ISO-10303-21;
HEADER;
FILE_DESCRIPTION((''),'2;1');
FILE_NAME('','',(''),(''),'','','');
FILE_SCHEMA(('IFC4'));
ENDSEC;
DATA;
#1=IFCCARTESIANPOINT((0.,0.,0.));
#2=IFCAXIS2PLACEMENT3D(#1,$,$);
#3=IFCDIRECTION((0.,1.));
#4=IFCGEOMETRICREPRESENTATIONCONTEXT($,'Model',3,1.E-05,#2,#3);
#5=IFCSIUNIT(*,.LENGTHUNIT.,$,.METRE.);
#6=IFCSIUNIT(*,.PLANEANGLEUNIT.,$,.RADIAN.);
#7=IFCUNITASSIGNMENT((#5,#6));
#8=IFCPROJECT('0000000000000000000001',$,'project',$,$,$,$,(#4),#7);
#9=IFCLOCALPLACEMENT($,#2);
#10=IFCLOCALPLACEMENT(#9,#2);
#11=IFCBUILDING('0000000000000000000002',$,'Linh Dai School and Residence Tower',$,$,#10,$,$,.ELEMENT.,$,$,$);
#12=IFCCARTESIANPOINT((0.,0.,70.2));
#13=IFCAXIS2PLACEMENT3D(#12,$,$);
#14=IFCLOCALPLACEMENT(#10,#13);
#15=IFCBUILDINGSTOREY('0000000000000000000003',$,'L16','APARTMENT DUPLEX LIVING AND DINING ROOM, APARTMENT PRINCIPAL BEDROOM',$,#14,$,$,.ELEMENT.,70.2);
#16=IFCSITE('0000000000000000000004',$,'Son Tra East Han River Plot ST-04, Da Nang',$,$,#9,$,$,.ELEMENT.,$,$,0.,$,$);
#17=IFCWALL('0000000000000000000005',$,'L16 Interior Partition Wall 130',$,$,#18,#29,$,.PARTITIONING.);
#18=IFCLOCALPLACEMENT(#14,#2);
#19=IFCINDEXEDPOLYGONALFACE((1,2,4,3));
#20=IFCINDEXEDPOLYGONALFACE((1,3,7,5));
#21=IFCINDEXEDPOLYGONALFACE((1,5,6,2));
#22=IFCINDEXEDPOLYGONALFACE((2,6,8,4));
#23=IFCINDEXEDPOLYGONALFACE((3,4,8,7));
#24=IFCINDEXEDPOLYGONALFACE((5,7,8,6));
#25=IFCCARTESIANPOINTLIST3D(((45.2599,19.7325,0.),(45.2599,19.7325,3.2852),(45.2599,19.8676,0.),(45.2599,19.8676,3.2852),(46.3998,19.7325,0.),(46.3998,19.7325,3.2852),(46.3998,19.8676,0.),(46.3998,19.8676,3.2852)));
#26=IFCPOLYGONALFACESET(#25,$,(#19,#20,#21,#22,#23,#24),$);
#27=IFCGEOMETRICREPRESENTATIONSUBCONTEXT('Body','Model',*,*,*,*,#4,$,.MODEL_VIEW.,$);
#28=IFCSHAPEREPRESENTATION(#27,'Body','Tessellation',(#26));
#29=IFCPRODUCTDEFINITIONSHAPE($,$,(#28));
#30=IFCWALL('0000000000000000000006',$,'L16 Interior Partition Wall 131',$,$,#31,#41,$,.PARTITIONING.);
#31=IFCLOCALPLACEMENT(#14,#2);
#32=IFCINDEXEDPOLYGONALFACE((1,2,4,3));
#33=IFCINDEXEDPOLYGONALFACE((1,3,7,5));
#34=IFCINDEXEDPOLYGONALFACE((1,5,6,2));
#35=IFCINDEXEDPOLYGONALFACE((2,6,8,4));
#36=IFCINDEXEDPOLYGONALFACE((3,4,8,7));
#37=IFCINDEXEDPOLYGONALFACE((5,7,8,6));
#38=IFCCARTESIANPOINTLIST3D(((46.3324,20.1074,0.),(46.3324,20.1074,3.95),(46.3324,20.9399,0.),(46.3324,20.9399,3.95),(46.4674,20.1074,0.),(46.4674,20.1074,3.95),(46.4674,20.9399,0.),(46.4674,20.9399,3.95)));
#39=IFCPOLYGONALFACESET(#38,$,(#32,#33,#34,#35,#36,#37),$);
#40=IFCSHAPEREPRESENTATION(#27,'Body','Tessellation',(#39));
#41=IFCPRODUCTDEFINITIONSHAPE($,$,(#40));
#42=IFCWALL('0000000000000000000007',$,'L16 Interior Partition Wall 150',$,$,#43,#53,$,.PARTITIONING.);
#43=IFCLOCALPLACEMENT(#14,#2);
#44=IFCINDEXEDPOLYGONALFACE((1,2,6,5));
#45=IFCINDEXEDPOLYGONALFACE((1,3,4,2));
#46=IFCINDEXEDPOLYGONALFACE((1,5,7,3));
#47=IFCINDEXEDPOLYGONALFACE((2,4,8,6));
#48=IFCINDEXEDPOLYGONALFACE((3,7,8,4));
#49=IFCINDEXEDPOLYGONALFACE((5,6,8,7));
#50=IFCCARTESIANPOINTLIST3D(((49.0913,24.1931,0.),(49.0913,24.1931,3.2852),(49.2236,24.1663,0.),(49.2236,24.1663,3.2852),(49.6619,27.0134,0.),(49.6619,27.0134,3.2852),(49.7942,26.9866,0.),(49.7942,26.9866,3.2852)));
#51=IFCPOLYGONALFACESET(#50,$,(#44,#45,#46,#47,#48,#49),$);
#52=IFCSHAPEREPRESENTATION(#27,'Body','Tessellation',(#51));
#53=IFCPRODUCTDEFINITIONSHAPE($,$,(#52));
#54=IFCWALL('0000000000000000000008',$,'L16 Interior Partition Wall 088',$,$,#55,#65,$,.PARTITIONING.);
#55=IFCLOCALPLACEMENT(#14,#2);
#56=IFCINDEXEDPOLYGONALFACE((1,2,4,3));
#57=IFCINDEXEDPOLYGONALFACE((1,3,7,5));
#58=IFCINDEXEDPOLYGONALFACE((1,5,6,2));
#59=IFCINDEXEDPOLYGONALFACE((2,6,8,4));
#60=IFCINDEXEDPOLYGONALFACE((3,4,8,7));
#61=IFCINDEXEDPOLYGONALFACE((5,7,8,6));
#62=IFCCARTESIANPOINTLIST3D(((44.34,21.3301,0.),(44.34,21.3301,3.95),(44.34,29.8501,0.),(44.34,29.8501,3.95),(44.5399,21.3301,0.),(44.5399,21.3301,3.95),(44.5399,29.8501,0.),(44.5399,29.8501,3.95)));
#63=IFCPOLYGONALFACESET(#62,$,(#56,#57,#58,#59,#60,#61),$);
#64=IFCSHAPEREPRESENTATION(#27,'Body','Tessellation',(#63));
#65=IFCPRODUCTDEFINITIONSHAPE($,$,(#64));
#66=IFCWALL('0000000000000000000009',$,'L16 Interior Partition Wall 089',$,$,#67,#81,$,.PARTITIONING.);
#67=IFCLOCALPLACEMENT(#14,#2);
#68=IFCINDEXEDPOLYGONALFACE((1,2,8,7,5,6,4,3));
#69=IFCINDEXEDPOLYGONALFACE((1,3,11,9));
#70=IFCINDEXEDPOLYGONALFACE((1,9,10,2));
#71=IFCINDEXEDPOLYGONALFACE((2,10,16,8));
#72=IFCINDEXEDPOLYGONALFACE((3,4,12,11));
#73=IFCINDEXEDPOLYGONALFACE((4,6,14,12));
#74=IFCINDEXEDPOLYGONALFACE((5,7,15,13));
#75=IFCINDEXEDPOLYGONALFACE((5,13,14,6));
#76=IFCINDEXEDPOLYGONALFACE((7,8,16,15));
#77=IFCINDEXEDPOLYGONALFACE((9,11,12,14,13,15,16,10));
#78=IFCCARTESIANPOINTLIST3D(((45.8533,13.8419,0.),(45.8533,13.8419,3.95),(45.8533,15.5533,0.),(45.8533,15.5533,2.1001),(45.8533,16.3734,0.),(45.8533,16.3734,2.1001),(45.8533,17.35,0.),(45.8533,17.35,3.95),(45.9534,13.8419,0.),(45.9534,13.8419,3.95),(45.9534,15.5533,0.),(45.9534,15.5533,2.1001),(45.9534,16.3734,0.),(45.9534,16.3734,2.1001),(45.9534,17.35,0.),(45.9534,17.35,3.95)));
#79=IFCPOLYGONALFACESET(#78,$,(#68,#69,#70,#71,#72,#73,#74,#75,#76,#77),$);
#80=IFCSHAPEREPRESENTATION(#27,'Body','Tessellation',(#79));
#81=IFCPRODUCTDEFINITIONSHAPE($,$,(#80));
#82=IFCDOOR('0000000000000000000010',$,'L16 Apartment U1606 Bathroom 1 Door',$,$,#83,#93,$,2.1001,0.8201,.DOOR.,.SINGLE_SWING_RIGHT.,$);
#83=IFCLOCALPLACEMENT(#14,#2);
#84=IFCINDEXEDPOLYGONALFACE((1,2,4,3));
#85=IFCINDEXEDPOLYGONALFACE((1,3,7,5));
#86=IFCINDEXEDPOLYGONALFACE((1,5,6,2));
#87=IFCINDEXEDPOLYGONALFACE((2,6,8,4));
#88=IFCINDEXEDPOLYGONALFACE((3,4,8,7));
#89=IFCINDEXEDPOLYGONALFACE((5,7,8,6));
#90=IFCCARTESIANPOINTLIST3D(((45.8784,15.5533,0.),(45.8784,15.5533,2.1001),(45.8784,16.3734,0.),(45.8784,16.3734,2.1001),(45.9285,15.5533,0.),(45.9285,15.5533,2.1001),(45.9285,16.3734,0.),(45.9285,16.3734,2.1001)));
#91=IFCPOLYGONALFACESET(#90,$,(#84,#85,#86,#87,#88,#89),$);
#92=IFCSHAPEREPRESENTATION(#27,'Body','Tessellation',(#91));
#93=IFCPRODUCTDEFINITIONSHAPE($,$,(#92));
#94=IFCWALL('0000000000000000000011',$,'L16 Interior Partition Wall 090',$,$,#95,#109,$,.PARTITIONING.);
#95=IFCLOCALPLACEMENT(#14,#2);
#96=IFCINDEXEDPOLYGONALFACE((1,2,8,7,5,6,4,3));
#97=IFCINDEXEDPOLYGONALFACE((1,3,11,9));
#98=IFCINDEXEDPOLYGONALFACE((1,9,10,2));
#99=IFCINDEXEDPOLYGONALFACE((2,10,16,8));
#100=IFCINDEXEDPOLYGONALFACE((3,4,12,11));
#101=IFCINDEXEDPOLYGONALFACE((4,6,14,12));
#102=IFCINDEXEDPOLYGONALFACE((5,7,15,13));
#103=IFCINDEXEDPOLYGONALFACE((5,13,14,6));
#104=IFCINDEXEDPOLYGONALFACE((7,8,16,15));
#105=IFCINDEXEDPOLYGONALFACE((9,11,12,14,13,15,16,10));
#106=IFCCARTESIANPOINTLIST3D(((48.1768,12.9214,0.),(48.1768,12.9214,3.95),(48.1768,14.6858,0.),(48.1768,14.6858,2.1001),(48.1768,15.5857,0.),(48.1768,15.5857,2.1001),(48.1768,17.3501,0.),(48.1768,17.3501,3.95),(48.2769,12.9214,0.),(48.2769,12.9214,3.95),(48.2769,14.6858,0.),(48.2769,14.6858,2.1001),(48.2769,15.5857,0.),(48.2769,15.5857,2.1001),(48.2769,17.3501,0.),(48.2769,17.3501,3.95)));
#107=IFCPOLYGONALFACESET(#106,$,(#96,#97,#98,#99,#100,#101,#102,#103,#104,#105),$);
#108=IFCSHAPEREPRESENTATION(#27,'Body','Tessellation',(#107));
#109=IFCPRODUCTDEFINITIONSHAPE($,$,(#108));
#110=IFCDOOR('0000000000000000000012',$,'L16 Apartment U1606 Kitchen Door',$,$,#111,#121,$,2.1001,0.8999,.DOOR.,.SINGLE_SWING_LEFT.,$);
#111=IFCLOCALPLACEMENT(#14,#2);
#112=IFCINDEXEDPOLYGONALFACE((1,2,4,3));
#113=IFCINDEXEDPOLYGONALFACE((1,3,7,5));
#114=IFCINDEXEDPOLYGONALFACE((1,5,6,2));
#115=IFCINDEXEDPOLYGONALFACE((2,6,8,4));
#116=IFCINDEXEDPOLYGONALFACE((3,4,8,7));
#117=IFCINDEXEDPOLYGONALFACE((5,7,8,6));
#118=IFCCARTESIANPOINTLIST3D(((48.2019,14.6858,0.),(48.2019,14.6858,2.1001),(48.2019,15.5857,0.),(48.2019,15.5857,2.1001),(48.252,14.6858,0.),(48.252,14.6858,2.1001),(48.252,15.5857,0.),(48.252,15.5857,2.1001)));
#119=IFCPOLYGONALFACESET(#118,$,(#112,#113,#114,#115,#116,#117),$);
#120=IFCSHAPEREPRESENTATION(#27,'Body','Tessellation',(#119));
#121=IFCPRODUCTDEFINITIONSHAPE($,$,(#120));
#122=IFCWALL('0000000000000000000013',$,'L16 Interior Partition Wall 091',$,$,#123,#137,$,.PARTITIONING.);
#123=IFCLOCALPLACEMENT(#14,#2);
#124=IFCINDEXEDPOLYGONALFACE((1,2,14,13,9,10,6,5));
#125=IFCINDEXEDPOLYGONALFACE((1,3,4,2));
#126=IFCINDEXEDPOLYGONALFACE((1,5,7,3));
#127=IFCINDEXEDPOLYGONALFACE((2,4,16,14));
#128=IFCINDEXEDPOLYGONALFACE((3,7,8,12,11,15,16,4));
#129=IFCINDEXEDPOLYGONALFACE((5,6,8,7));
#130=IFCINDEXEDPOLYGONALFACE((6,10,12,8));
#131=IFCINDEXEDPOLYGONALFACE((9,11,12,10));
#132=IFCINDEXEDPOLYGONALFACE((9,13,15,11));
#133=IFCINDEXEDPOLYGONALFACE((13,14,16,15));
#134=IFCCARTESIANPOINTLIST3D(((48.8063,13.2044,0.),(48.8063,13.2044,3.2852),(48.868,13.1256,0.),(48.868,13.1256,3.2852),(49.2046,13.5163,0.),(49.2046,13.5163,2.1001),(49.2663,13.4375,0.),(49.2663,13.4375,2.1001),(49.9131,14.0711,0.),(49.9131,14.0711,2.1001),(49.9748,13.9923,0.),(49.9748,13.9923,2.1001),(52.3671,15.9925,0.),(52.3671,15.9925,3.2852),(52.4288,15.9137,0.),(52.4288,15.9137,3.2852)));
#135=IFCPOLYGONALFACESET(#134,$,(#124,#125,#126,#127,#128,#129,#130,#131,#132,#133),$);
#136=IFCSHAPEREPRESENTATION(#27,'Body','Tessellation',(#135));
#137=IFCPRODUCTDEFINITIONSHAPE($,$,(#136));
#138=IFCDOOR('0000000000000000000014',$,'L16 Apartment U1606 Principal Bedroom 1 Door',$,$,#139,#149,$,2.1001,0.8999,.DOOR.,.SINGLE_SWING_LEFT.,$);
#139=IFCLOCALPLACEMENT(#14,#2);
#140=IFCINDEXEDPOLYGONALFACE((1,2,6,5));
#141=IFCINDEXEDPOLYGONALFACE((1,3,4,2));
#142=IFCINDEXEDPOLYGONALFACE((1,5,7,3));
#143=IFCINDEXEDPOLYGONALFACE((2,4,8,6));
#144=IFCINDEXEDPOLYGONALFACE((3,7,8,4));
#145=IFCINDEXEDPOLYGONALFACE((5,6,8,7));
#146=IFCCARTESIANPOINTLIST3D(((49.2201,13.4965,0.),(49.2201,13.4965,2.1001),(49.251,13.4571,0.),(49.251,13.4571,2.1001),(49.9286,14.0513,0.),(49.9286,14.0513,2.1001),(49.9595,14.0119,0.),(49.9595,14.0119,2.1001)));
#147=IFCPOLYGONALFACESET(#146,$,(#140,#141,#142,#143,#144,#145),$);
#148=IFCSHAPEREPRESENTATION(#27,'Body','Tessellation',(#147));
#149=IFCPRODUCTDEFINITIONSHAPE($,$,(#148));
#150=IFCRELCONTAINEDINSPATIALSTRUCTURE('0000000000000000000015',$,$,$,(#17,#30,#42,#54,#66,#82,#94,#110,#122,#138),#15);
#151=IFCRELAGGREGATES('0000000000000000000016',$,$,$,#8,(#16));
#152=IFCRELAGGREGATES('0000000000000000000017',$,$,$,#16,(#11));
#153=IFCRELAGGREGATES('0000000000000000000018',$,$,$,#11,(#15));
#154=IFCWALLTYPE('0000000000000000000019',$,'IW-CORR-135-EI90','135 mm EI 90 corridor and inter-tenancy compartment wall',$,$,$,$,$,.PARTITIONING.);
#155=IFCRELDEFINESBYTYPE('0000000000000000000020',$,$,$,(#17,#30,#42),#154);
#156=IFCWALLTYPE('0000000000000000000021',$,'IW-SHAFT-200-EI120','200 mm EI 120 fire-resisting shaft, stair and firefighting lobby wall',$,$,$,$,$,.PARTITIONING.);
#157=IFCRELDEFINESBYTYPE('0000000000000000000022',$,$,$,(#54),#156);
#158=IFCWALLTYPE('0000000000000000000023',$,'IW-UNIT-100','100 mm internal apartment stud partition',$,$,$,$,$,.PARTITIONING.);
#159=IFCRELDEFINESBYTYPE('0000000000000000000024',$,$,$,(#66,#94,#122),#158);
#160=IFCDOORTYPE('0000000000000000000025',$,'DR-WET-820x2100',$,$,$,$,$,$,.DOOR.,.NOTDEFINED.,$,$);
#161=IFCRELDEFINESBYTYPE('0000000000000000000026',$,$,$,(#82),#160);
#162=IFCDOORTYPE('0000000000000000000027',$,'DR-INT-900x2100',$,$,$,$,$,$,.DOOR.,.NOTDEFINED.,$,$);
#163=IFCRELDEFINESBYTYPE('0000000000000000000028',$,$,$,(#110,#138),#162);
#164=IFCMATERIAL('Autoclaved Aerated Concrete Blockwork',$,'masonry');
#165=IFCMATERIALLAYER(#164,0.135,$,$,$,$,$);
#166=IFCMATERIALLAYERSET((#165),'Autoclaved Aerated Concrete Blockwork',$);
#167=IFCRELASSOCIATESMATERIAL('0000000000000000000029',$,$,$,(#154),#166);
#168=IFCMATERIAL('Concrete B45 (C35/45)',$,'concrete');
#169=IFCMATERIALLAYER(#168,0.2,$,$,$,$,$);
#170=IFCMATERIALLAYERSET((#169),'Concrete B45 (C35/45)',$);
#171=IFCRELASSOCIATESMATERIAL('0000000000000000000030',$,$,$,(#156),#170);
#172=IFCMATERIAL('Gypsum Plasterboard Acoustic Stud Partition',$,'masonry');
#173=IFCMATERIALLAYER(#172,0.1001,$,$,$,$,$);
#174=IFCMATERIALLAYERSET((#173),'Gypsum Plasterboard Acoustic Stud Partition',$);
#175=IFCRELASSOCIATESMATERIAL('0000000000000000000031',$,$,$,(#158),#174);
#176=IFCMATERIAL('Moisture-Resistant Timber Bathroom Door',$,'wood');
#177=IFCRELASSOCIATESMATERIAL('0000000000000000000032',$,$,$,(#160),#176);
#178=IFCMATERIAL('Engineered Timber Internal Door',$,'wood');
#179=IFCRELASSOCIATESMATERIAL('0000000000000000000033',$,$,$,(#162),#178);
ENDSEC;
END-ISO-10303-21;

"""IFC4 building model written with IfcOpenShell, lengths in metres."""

from ifc_helpers import new_model, si_unit, direction, frame, frame_2d, origin, origin_2d, place, context, subcontext, project, spatial, rectangle, extrude, source, transform, mapped, material, layer, layer_set, type_object, element, fill, save


model = new_model("IFC4")

# Units and contexts
model_context = context("Model", 3, precision=1e-05, world=origin(), true_north=direction((0.0, 1.0)))
body_context = subcontext(model_context, "Body", "Model", "MODEL_VIEW")
ifc_project = project(units=[si_unit("LENGTHUNIT", "METRE"), si_unit("PLANEANGLEUNIT", "RADIAN")], contexts=[model_context])

# Site, building, storey
site_placement = place(None, origin())
site = spatial("IfcSite", under=ifc_project, at=site_placement, Name="Son Tra East Han River Plot ST-04, Da Nang", CompositionType="ELEMENT", RefElevation=0.0)
building_placement = place(site_placement, origin())
building = spatial("IfcBuilding", under=site, at=building_placement, Name="Linh Dai School and Residence Tower", CompositionType="ELEMENT")
storey_placement = place(building_placement, frame((0.0, 0.0, 70.2)))
storey = spatial("IfcBuildingStorey", under=building, at=storey_placement, Name="L16", Description="APARTMENT DUPLEX LIVING AND DINING ROOM, APARTMENT PRINCIPAL BEDROOM", CompositionType="ELEMENT", Elevation=70.2)

# Shared definitions
ifc_material_1 = material(Name="Autoclaved Aerated Concrete Blockwork", Category="masonry")
ifc_layer_1 = layer(ifc_material_1, 0.135)
ifc_layer_set_1 = layer_set([ifc_layer_1], Name="Autoclaved Aerated Concrete Blockwork")
wall_type_1 = type_object("IfcWallType", Name="IW-CORR-135-EI90", Description="135 mm EI 90 corridor and inter-tenancy compartment wall", PredefinedType="PARTITIONING", material=ifc_layer_set_1)

# Walls
wall_1_placement = place(storey_placement, frame((45.26, 19.8, 0.0), z_axis=(0.0, 0.0, 1.0), x_axis=(1.0, 0.0, 0.0)))
element("IfcWall", 1, at=wall_1_placement, inside=storey, type_object=wall_type_1, Name="L16 Interior Partition Wall 130", PredefinedType="PARTITIONING", context=body_context, shape_type="SweptSolid", body=[
    extrude(rectangle(XDim=1.1399, YDim=0.135, at=frame_2d((0.5698, 0.0))), origin(), (0.0, 0.0, 1.0), 3.2852),
])
wall_2_placement = place(storey_placement, frame((46.3999, 20.1074, 0.0), z_axis=(0.0, 0.0, 1.0), x_axis=(0.0, 1.0, 0.0)))
element("IfcWall", 2, at=wall_2_placement, inside=storey, type_object=wall_type_1, Name="L16 Interior Partition Wall 131", PredefinedType="PARTITIONING", context=body_context, shape_type="SweptSolid", body=[
    extrude(rectangle(XDim=0.8325, YDim=0.135, at=frame_2d((0.4163, 0.0))), origin(), (0.0, 0.0, 1.0), 3.95),
])
wall_3_placement = place(storey_placement, frame((49.1575, 24.1797, 0.0), z_axis=(0.0, 0.0, 1.0), x_axis=(0.198286, 0.980144, 0.0)))
element("IfcWall", 3, at=wall_3_placement, inside=storey, type_object=wall_type_1, Name="L16 Interior Partition Wall 150", PredefinedType="PARTITIONING", context=body_context, shape_type="SweptSolid", body=[
    extrude(rectangle(XDim=2.8774, YDim=0.135, at=frame_2d((1.4387, 0.0))), origin(), (0.0, 0.0, 1.0), 3.2852),
])
ifc_material_2 = material(Name="Concrete B45 (C35/45)", Category="concrete")
ifc_layer_2 = layer(ifc_material_2, 0.2)
ifc_layer_set_2 = layer_set([ifc_layer_2], Name="Concrete B45 (C35/45)")
wall_type_2 = type_object("IfcWallType", Name="IW-SHAFT-200-EI120", Description="200 mm EI 120 fire-resisting shaft, stair and firefighting lobby wall", PredefinedType="PARTITIONING", material=ifc_layer_set_2)
wall_4_placement = place(storey_placement, frame((44.4399, 21.3301, 0.0), z_axis=(0.0, 0.0, 1.0), x_axis=(0.0, 1.0, 0.0)))
element("IfcWall", 4, at=wall_4_placement, inside=storey, type_object=wall_type_2, Name="L16 Interior Partition Wall 088", PredefinedType="PARTITIONING", context=body_context, shape_type="SweptSolid", body=[
    extrude(rectangle(XDim=8.52, YDim=0.2, at=frame_2d((4.26, 0.0))), origin(), (0.0, 0.0, 1.0), 3.95),
])

# Walls, openings, doors
ifc_material_3 = material(Name="Gypsum Plasterboard Acoustic Stud Partition", Category="masonry")
ifc_layer_3 = layer(ifc_material_3, 0.1001)
ifc_layer_set_3 = layer_set([ifc_layer_3], Name="Gypsum Plasterboard Acoustic Stud Partition")
wall_type_3 = type_object("IfcWallType", Name="IW-UNIT-100", Description="100 mm internal apartment stud partition", PredefinedType="PARTITIONING", material=ifc_layer_set_3)
wall_5_placement = place(storey_placement, frame((45.9033, 13.842, 0.0), z_axis=(0.0, 0.0, 1.0), x_axis=(0.0, 1.0, 0.0)))
wall_5 = element("IfcWall", 5, at=wall_5_placement, inside=storey, type_object=wall_type_3, Name="L16 Interior Partition Wall 089", PredefinedType="PARTITIONING", context=body_context, shape_type="SweptSolid", body=[
    extrude(rectangle(XDim=3.5081, YDim=0.1001, at=frame_2d((1.7539, 0.0))), origin(), (0.0, 0.0, 1.0), 3.95),
])
opening_1_placement = place(wall_5_placement, frame((1.7112, 0.0, 0.0)))
opening_1 = element("IfcOpeningElement", 6, at=opening_1_placement, cuts=wall_5, PredefinedType="OPENING", context=body_context, shape_type="SweptSolid", body=[
    extrude(rectangle(XDim=0.8201, YDim=2.1001, at=origin_2d()), frame((0.4102, 0.0601, 1.05), z_axis=(0.0, -1.0, 0.0), x_axis=(1.0, 0.0, 0.0)), (0.0, 0.0, 1.0), 0.1201),
])
ifc_material_4 = material(Name="Moisture-Resistant Timber Bathroom Door", Category="wood")
door_type_1 = type_object("IfcDoorType", Name="DR-WET-820x2100", OperationType="NOTDEFINED", PredefinedType="DOOR", material=ifc_material_4)
shared_shape_1 = source(origin(), body_context, "Body", "SweptSolid", [
    extrude(rectangle(XDim=0.8201, YDim=2.1001, at=origin_2d()), frame((0.4102, 0.0249, 1.05), z_axis=(0.0, -1.0, 0.0), x_axis=(1.0, 0.0, 0.0)), (0.0, 0.0, 1.0), 0.05),
])
door_1_placement = place(opening_1_placement, origin())
door_1 = element("IfcDoor", 7, at=door_1_placement, inside=storey, type_object=door_type_1, Name="L16 Apartment U1606 Bathroom 1 Door", OperationType="SINGLE_SWING_RIGHT", OverallHeight=2.1001, OverallWidth=0.8201, PredefinedType="DOOR", context=body_context, shape_type="MappedRepresentation", body=[
    mapped(shared_shape_1, transform((0.0, 0.0, 0.0), x_axis=(1.0, 0.0, 0.0), y_axis=(0.0, 1.0, 0.0), z_axis=(0.0, 0.0, 1.0), scale=1.0)),
])
fill(opening_1, door_1)
wall_6_placement = place(storey_placement, frame((48.2268, 12.9214, 0.0), z_axis=(0.0, 0.0, 1.0), x_axis=(0.0, 1.0, 0.0)))
wall_6 = element("IfcWall", 8, at=wall_6_placement, inside=storey, type_object=wall_type_3, Name="L16 Interior Partition Wall 090", PredefinedType="PARTITIONING", context=body_context, shape_type="SweptSolid", body=[
    extrude(rectangle(XDim=4.4287, YDim=0.1001, at=frame_2d((2.2144, 0.0))), origin(), (0.0, 0.0, 1.0), 3.95),
])
opening_2_placement = place(wall_6_placement, frame((1.7644, 0.0, 0.0)))
opening_2 = element("IfcOpeningElement", 9, at=opening_2_placement, cuts=wall_6, PredefinedType="OPENING", context=body_context, shape_type="SweptSolid", body=[
    extrude(rectangle(XDim=0.8999, YDim=2.1001, at=origin_2d()), frame((0.45, 0.0601, 1.05), z_axis=(0.0, -1.0, 0.0), x_axis=(1.0, 0.0, 0.0)), (0.0, 0.0, 1.0), 0.1201),
])
ifc_material_5 = material(Name="Engineered Timber Internal Door", Category="wood")
door_type_2 = type_object("IfcDoorType", Name="DR-INT-900x2100", OperationType="NOTDEFINED", PredefinedType="DOOR", material=ifc_material_5)
shared_shape_2 = source(origin(), body_context, "Body", "SweptSolid", [
    extrude(rectangle(XDim=0.8999, YDim=2.1001, at=origin_2d()), frame((0.45, 0.0249, 1.05), z_axis=(0.0, -1.0, 0.0), x_axis=(1.0, 0.0, 0.0)), (0.0, 0.0, 1.0), 0.05),
])
door_2_placement = place(opening_2_placement, origin())
door_2 = element("IfcDoor", 10, at=door_2_placement, inside=storey, type_object=door_type_2, Name="L16 Apartment U1606 Kitchen Door", OperationType="SINGLE_SWING_LEFT", OverallHeight=2.1001, OverallWidth=0.8999, PredefinedType="DOOR", context=body_context, shape_type="MappedRepresentation", body=[
    mapped(shared_shape_2, transform((0.0, 0.0, 0.0), x_axis=(1.0, 0.0, 0.0), y_axis=(0.0, 1.0, 0.0), z_axis=(0.0, 0.0, 1.0), scale=1.0)),
])
fill(opening_2, door_2)
wall_7_placement = place(storey_placement, frame((48.8372, 13.165, 0.0), z_axis=(0.0, 0.0, 1.0), x_axis=(0.787357, 0.616497, 0.0)))
wall_7 = element("IfcWall", 11, at=wall_7_placement, inside=storey, type_object=wall_type_3, Name="L16 Interior Partition Wall 091", PredefinedType="PARTITIONING", context=body_context, shape_type="SweptSolid", body=[
    extrude(rectangle(XDim=4.5225, YDim=0.1001, at=frame_2d((2.2612, 0.0))), origin(), (0.0, 0.0, 1.0), 3.2852),
])
opening_3_placement = place(wall_7_placement, frame((0.5059, 0.0, 0.0)))
opening_3 = element("IfcOpeningElement", 12, at=opening_3_placement, cuts=wall_7, PredefinedType="OPENING", context=body_context, shape_type="SweptSolid", body=[
    extrude(rectangle(XDim=0.8999, YDim=2.1001, at=origin_2d()), frame((0.45, 0.0601, 1.05), z_axis=(0.0, -1.0, 0.0), x_axis=(1.0, 0.0, 0.0)), (0.0, 0.0, 1.0), 0.1201),
])
door_3_placement = place(opening_3_placement, origin())
door_3 = element("IfcDoor", 13, at=door_3_placement, inside=storey, type_object=door_type_2, Name="L16 Apartment U1606 Principal Bedroom 1 Door", OperationType="SINGLE_SWING_LEFT", OverallHeight=2.1001, OverallWidth=0.8999, PredefinedType="DOOR", context=body_context, shape_type="MappedRepresentation", body=[
    mapped(shared_shape_2, transform((0.0, 0.0, 0.0), x_axis=(1.0, 0.0, 0.0), y_axis=(0.0, 1.0, 0.0), z_axis=(0.0, 0.0, 1.0), scale=1.0)),
])
fill(opening_3, door_3)

save(model, "model.ifc")
